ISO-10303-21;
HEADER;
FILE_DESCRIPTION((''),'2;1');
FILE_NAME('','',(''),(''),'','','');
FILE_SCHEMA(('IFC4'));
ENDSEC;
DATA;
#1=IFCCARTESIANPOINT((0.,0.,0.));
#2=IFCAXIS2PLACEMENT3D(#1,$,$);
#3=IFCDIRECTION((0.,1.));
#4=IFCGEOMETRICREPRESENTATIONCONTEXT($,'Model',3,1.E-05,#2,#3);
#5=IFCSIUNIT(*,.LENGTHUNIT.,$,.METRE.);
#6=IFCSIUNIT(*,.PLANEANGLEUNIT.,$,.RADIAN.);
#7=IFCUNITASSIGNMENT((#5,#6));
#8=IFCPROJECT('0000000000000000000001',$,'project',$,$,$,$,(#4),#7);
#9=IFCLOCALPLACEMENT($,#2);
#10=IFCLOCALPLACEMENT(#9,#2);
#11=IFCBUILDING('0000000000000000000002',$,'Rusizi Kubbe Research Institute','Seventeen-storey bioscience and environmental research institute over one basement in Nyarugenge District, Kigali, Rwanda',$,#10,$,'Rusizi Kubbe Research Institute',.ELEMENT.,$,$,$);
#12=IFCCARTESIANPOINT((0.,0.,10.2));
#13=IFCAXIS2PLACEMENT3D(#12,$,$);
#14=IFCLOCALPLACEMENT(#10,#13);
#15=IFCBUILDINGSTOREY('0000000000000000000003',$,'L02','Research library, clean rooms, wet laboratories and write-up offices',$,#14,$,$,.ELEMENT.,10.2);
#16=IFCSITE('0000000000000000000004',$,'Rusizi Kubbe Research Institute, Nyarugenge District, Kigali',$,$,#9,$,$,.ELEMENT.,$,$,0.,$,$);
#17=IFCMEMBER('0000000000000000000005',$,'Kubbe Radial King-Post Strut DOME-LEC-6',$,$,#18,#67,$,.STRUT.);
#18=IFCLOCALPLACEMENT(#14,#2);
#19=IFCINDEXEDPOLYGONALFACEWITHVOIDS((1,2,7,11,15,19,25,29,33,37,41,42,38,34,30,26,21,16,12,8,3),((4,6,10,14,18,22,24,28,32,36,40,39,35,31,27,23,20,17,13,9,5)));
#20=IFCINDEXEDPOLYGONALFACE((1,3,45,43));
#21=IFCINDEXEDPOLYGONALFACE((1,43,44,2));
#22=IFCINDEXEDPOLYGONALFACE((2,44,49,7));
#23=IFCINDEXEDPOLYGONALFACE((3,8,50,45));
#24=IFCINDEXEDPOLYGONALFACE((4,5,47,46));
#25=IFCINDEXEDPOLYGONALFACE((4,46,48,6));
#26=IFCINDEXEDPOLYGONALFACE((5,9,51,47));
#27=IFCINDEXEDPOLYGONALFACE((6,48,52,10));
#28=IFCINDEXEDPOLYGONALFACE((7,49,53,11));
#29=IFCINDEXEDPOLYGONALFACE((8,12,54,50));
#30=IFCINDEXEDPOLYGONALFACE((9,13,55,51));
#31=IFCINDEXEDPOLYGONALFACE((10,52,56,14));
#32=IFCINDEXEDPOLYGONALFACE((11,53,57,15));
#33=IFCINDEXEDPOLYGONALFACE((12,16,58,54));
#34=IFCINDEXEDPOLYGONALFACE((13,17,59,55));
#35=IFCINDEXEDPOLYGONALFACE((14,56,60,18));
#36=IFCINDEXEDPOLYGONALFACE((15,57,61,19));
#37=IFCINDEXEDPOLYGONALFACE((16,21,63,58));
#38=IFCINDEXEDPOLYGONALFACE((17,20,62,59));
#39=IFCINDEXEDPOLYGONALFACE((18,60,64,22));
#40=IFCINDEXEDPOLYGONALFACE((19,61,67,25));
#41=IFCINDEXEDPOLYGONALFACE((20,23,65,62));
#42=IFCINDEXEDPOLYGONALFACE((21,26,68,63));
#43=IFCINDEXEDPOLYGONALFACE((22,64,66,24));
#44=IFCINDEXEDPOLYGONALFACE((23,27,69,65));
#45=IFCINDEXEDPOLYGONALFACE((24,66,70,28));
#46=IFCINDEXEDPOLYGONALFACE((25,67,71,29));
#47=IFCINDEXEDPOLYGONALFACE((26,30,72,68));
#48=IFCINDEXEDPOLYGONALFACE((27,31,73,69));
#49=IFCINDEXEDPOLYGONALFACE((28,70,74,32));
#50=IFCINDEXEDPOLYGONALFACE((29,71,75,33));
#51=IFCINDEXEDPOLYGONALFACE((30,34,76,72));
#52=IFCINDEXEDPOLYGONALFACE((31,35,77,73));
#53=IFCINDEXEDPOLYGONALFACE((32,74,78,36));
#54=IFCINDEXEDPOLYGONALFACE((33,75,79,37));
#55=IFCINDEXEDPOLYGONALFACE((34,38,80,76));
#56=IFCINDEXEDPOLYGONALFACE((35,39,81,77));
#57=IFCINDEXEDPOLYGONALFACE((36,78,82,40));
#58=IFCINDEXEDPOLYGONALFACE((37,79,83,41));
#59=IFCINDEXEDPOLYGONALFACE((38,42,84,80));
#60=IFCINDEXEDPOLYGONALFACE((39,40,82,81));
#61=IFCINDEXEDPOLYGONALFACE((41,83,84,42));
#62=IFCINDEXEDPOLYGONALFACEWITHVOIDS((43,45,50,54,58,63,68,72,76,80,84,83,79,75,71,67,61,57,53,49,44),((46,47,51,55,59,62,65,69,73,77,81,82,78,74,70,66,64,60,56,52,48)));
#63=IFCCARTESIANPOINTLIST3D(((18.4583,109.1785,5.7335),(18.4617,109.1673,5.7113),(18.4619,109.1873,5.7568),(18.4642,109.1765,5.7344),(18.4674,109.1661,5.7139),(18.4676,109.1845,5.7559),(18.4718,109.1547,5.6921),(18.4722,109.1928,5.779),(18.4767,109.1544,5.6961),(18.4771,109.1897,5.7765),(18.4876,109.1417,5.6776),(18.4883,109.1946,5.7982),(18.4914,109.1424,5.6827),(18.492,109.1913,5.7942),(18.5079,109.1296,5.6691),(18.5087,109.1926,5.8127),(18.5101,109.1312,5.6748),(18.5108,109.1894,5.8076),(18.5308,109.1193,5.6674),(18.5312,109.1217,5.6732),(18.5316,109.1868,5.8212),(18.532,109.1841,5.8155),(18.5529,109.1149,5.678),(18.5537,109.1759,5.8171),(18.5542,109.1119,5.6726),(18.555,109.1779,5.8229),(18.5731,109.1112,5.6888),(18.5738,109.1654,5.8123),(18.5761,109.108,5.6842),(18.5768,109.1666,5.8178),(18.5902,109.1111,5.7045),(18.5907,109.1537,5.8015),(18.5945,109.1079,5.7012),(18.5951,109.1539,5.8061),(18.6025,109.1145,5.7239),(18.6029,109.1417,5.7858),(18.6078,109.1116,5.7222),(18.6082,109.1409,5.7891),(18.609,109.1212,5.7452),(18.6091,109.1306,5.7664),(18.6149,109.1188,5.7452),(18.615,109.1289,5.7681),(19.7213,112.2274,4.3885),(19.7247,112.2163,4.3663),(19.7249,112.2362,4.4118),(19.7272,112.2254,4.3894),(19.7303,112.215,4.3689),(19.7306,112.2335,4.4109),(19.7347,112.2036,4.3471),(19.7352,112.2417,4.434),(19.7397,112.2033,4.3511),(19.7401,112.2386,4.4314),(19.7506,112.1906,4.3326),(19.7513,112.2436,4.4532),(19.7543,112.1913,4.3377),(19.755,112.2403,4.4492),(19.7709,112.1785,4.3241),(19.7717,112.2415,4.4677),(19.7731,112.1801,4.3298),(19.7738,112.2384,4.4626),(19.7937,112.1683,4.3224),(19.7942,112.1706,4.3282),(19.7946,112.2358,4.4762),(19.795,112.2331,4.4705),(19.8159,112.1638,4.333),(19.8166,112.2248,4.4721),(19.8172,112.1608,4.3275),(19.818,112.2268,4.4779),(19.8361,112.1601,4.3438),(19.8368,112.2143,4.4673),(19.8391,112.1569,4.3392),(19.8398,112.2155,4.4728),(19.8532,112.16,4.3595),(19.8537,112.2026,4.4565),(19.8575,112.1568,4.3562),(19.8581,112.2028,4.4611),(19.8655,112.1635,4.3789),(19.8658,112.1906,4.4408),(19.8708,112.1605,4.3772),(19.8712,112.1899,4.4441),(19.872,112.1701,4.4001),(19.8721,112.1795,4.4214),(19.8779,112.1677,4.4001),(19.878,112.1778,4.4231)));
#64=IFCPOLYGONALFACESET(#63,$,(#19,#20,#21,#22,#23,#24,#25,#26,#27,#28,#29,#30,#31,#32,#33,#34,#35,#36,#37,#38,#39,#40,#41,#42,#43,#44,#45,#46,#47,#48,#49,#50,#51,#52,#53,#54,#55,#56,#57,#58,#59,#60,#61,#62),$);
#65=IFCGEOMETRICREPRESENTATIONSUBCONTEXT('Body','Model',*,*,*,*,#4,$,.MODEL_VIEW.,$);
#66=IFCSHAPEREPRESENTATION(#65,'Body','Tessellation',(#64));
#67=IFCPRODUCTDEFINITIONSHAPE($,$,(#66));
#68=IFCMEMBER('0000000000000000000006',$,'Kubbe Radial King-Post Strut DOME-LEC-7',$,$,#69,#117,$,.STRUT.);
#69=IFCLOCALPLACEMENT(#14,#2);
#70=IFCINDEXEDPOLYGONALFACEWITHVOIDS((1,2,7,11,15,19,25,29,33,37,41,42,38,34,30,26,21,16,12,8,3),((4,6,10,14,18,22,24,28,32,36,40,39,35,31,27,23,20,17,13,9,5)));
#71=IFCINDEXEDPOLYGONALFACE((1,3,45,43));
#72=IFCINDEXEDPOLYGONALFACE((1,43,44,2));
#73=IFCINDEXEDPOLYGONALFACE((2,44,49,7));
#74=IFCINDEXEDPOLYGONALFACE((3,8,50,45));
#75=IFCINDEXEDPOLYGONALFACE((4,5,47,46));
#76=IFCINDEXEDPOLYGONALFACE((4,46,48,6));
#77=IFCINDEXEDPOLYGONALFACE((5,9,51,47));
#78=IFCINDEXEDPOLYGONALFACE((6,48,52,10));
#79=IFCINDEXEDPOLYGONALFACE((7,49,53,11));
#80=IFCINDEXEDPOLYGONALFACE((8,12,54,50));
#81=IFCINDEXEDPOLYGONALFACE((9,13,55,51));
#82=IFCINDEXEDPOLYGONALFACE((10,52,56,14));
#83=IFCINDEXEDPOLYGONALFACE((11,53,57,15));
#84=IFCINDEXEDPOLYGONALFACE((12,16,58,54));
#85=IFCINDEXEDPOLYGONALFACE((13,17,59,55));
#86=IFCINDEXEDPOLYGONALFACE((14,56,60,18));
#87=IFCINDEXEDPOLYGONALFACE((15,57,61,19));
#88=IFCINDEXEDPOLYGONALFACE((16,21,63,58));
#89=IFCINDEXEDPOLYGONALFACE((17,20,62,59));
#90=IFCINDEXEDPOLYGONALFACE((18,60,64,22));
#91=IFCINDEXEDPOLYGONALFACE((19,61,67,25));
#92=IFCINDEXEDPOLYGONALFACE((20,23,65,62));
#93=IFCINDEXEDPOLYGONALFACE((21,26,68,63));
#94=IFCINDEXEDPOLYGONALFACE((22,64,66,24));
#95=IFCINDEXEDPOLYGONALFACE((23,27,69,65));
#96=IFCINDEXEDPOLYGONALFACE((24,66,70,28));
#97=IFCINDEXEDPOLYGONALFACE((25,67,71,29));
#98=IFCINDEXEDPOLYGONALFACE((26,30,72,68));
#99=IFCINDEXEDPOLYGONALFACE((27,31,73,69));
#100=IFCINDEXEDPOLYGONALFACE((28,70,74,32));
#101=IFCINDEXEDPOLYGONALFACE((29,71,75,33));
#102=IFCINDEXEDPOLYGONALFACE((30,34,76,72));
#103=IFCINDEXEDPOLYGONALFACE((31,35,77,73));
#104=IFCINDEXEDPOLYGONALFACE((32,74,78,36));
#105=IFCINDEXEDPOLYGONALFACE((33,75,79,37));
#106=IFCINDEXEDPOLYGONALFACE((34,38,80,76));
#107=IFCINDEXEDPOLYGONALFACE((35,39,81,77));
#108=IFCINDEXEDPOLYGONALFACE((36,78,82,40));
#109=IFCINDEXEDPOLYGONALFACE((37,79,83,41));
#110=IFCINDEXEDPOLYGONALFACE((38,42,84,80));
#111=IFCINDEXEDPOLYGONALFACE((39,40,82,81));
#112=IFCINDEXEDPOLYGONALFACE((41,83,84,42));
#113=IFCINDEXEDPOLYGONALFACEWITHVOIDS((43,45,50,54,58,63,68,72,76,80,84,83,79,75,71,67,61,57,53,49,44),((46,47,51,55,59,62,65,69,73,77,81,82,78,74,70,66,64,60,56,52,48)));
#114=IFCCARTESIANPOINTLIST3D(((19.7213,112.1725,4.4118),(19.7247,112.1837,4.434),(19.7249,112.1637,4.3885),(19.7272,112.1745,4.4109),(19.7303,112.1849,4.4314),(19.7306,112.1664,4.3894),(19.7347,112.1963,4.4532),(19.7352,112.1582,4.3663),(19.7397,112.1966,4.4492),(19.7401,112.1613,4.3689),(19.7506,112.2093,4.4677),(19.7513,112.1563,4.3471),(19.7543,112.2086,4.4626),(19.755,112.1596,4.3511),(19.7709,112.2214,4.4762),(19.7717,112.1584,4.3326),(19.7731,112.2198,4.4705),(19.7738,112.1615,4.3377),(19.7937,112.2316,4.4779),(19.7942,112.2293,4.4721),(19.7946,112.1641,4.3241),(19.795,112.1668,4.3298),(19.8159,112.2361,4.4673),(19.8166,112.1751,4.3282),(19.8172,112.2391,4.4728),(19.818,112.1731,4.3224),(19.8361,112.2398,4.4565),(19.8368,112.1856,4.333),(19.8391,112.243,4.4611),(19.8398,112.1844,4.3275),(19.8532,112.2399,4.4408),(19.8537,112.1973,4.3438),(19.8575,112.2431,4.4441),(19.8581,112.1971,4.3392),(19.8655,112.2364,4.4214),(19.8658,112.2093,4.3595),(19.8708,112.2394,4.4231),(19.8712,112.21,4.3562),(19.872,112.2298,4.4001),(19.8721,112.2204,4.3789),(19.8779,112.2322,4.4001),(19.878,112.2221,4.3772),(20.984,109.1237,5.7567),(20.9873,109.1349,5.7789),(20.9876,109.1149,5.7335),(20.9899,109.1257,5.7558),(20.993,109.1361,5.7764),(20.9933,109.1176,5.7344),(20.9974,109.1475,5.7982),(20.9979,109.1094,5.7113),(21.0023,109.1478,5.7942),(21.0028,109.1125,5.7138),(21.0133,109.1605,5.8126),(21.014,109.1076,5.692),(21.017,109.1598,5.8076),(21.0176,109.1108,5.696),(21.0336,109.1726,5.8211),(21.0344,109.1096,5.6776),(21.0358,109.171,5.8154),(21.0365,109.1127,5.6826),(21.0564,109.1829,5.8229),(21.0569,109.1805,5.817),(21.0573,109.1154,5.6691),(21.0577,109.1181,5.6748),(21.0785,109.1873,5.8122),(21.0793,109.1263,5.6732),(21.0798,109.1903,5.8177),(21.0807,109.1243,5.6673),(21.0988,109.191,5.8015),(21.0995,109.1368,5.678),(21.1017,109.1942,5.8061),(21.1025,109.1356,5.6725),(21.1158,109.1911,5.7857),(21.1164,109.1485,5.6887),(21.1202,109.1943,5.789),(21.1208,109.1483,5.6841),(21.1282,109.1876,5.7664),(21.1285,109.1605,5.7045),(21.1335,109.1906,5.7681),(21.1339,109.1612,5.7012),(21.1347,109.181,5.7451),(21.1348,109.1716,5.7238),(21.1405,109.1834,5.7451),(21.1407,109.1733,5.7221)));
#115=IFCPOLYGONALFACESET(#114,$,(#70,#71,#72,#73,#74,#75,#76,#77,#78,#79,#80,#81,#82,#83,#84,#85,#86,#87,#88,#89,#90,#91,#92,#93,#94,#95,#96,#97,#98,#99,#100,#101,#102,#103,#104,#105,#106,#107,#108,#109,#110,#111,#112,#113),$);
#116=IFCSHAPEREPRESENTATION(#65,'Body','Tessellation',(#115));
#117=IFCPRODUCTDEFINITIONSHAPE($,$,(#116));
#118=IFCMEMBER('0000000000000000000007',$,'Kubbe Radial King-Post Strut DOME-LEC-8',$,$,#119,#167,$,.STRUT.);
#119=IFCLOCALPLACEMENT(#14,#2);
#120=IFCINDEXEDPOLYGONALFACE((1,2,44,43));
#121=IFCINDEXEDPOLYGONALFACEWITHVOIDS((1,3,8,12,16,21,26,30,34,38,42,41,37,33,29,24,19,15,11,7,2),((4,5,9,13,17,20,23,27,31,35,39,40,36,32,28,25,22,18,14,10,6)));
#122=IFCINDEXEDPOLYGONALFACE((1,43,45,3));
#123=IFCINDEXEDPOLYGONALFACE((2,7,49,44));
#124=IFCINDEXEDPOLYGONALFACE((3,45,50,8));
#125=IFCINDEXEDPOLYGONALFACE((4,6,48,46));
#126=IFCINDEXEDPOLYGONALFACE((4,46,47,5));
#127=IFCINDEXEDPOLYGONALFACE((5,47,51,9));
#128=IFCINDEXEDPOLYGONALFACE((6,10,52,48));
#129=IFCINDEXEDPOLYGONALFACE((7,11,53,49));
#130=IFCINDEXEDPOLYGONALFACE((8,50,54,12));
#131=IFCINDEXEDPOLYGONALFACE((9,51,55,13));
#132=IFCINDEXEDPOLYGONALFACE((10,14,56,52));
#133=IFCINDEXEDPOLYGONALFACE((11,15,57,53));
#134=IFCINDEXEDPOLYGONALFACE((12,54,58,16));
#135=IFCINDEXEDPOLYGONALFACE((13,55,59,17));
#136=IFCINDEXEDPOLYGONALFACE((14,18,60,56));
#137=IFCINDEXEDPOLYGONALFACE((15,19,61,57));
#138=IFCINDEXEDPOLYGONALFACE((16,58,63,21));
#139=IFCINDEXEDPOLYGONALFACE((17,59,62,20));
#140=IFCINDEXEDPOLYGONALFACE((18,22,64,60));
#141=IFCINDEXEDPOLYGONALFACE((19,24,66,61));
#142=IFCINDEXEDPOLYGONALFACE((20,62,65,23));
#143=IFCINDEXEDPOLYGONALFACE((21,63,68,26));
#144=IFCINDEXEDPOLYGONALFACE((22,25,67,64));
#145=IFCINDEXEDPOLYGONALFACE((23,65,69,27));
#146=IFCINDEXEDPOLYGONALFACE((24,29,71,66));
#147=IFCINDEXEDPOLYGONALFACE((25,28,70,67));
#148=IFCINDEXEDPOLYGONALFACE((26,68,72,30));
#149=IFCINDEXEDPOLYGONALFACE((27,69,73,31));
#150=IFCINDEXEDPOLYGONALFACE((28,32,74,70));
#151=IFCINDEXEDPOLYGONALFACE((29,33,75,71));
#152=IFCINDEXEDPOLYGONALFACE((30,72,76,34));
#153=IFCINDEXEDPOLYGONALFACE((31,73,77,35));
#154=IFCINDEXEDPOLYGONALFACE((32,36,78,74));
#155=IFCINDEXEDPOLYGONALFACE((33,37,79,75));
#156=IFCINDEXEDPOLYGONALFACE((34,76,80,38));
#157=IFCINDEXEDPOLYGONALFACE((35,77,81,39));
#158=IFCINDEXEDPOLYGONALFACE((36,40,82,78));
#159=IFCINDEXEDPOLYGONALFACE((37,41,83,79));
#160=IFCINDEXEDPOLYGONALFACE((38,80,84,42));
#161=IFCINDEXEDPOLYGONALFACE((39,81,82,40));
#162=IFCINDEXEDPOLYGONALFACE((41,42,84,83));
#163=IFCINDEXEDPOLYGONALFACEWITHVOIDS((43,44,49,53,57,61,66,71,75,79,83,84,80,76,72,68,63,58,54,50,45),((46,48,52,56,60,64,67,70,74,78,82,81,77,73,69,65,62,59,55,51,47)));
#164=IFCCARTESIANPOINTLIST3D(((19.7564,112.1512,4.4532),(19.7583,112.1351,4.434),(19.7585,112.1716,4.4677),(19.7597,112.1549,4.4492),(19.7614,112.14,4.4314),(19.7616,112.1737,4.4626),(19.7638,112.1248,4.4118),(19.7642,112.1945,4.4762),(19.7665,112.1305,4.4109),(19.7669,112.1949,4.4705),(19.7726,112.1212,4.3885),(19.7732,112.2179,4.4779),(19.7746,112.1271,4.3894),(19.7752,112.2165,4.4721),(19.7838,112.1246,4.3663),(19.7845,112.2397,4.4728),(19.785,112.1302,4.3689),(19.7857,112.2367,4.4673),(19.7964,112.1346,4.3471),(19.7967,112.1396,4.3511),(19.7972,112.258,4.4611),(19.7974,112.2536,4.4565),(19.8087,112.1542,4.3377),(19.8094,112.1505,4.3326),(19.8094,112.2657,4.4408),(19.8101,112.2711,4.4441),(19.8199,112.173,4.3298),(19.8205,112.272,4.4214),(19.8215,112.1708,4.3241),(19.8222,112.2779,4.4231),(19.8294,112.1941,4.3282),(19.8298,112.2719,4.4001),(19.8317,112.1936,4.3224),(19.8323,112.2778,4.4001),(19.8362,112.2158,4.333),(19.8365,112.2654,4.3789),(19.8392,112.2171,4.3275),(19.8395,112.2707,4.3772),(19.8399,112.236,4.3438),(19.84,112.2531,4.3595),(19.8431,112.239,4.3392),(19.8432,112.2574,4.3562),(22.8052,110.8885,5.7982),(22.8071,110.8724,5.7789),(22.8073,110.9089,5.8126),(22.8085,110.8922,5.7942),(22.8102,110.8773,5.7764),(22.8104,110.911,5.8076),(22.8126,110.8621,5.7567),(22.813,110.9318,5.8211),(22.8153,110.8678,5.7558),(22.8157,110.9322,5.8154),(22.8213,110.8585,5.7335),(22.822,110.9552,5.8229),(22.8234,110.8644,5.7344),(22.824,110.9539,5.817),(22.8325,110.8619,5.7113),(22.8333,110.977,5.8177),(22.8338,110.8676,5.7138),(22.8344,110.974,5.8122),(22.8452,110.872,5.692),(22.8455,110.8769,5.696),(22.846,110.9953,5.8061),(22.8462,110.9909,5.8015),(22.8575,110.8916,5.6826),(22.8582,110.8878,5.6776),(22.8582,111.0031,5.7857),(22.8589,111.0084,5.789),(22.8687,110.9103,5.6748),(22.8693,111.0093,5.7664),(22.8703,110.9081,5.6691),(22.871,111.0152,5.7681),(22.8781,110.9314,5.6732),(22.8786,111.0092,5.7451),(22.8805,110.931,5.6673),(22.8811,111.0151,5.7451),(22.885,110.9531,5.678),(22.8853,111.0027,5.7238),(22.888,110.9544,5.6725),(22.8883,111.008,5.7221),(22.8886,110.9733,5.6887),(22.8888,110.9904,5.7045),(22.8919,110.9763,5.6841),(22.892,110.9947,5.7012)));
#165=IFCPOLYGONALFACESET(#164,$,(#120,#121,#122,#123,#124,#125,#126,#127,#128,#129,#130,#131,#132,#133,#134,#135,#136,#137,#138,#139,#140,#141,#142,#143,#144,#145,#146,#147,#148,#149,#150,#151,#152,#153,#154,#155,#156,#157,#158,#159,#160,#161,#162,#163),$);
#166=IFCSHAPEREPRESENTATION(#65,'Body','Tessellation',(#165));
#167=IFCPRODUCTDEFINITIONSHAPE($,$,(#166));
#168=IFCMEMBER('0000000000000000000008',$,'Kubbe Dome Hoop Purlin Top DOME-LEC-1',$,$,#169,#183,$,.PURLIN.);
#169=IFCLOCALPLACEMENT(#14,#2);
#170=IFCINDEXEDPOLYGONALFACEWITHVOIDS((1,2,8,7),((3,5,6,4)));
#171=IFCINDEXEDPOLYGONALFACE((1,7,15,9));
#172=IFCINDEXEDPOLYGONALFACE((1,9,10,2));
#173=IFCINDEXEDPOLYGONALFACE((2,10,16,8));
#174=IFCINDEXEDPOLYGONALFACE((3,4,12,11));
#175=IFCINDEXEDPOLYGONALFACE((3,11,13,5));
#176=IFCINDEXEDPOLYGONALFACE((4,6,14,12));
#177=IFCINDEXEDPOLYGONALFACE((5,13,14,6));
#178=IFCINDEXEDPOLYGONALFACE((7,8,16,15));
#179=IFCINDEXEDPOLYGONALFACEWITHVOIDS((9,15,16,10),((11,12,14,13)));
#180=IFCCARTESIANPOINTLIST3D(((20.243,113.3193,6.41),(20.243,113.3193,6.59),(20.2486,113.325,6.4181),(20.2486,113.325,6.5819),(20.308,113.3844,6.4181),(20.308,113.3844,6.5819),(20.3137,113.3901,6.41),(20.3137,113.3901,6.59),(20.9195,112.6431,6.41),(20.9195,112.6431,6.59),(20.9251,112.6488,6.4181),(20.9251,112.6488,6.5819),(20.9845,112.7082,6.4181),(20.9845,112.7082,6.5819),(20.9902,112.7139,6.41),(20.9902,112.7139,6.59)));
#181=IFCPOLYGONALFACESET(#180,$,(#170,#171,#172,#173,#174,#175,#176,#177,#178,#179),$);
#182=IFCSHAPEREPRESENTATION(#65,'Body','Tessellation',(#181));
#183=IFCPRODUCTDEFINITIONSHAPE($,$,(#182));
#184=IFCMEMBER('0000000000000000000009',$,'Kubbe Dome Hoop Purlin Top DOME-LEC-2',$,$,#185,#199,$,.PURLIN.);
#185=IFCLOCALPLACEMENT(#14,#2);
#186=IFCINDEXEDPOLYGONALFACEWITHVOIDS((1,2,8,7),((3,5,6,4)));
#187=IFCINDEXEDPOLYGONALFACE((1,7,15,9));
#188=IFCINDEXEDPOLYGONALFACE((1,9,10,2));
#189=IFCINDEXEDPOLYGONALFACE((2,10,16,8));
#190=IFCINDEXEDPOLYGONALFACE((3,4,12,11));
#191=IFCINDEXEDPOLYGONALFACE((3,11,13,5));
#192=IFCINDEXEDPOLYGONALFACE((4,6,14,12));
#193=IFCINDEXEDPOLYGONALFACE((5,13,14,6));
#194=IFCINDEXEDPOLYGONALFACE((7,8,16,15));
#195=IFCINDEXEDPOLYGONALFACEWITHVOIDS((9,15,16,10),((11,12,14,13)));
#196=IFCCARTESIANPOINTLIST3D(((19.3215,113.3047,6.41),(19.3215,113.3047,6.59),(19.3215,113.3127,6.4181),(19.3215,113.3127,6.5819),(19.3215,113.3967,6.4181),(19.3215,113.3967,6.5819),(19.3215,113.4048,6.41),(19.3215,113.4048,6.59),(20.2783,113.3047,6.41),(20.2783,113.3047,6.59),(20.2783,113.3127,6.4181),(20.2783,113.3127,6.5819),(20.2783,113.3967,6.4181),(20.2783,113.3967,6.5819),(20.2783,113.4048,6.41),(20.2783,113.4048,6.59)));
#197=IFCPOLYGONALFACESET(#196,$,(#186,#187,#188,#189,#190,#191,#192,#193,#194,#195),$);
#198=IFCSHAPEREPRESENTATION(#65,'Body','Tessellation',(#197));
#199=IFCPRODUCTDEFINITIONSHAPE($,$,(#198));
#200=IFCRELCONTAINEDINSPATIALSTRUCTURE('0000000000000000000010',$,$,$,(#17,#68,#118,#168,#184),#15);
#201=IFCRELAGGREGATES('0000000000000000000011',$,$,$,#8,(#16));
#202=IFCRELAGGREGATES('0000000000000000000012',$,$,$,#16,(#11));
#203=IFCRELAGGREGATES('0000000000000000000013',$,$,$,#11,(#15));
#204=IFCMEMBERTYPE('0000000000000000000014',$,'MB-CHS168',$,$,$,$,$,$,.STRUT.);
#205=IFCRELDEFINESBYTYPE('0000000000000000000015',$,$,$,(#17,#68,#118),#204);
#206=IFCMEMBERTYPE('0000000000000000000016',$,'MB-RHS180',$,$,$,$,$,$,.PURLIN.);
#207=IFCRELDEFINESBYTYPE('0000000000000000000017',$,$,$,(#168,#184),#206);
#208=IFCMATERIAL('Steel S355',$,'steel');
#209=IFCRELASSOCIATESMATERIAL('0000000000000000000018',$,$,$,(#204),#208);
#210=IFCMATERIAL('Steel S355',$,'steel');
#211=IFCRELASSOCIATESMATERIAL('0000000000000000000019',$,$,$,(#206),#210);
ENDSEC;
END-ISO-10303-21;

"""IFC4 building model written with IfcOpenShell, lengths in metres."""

from ifc_helpers import new_model, si_unit, direction, frame, origin, origin_2d, place, context, subcontext, project, spatial, hollow_rectangle, hollow_circle, extrude, material, material_profile, profile_set, type_object, element, save


model = new_model("IFC4")

# Units and contexts
model_context = context("Model", 3, precision=1e-05, world=origin(), true_north=direction((0.0, 1.0)))
body_context = subcontext(model_context, "Body", "Model", "MODEL_VIEW")
ifc_project = project(units=[si_unit("LENGTHUNIT", "METRE"), si_unit("PLANEANGLEUNIT", "RADIAN")], contexts=[model_context])

# Site, building, storey
site_placement = place(None, origin())
site = spatial("IfcSite", under=ifc_project, at=site_placement, Name="Rusizi Kubbe Research Institute, Nyarugenge District, Kigali", CompositionType="ELEMENT", RefElevation=0.0)
building_placement = place(site_placement, origin())
building = spatial("IfcBuilding", under=site, at=building_placement, Name="Rusizi Kubbe Research Institute", Description="Seventeen-storey bioscience and environmental research institute over one basement in Nyarugenge District, Kigali, Rwanda", LongName="Rusizi Kubbe Research Institute", CompositionType="ELEMENT")
storey_placement = place(building_placement, frame((0.0, 0.0, 10.2)))
storey = spatial("IfcBuildingStorey", under=building, at=storey_placement, Name="L02", Description="Research library, clean rooms, wet laboratories and write-up offices", CompositionType="ELEMENT", Elevation=10.2)

# Members
ifc_material_1 = material(Name="Steel S355", Category="steel")
ifc_material_profile_1 = material_profile(ifc_material_1, hollow_circle(Radius=0.0842, WallThickness=0.0063, at=origin_2d()), Name="CHS 168.3x6.3")
ifc_profile_set_1 = profile_set([ifc_material_profile_1], Name="Steel S355")
member_type_1 = type_object("IfcMemberType", Name="MB-CHS168", PredefinedType="STRUT", material=ifc_profile_set_1)
member_1_placement = place(storey_placement, frame((19.8, 112.2, 4.4001), z_axis=(-0.354399, -0.855545, 0.377418), x_axis=(0.923872, -0.382702, 0.0)))
element("IfcMember", 1, at=member_1_placement, inside=storey, type_object=member_type_1, Name="Kubbe Radial King-Post Strut DOME-LEC-6", PredefinedType="STRUT", context=body_context, shape_type="SweptSolid", body=[
    extrude(hollow_circle(Radius=0.0842, WallThickness=0.0063, at=origin_2d()), origin(), (0.0, 0.0, 1.0), 3.5637),
])
for number, where, z_axis, x_axis, name in (
    (2, (19.8, 112.2, 4.4001), (0.354339, -0.855566, 0.377427), (0.923898, 0.382639, 0.0), "Kubbe Radial King-Post Strut DOME-LEC-7"),
    (3, (19.8, 112.2, 4.4001), (0.855566, -0.354339, 0.377427), (0.382639, 0.923898, 0.0), "Kubbe Radial King-Post Strut DOME-LEC-8"),
):
    element("IfcMember", number, at=place(storey_placement, frame(where, z_axis=z_axis, x_axis=x_axis)), inside=storey, type_object=member_type_1, Name=name, PredefinedType="STRUT", context=body_context, shape_type="SweptSolid", body=[
        extrude(hollow_circle(Radius=0.0842, WallThickness=0.0063, at=origin_2d()), origin(), (0.0, 0.0, 1.0), 3.5635),
    ])
ifc_material_2 = material(Name="Steel S355", Category="steel")
ifc_material_profile_2 = material_profile(ifc_material_2, hollow_rectangle(XDim=0.1001, YDim=0.1799, WallThickness=0.0081, at=origin_2d()), Name="RHS 180x100x8.0")
ifc_profile_set_2 = profile_set([ifc_material_profile_2], Name="Steel S355")
member_type_2 = type_object("IfcMemberType", Name="MB-RHS180", PredefinedType="PURLIN", material=ifc_profile_set_2)
member_2_placement = place(storey_placement, frame((20.9548, 112.6785, 6.5), z_axis=(-0.707234, 0.706979, 0.0), x_axis=(-0.706979, -0.707234, 0.0)))
element("IfcMember", 4, at=member_2_placement, inside=storey, type_object=member_type_2, Name="Kubbe Dome Hoop Purlin Top DOME-LEC-1", PredefinedType="PURLIN", context=body_context, shape_type="SweptSolid", body=[
    extrude(hollow_rectangle(XDim=0.1001, YDim=0.1799, WallThickness=0.0081, at=origin_2d()), origin(), (0.0, 0.0, 1.0), 0.9565),
])
member_3_placement = place(storey_placement, frame((20.2783, 113.3547, 6.5), z_axis=(-1.0, 0.0, 0.0), x_axis=(0.0, -1.0, 0.0)))
element("IfcMember", 5, at=member_3_placement, inside=storey, type_object=member_type_2, Name="Kubbe Dome Hoop Purlin Top DOME-LEC-2", PredefinedType="PURLIN", context=body_context, shape_type="SweptSolid", body=[
    extrude(hollow_rectangle(XDim=0.1001, YDim=0.1799, WallThickness=0.0081, at=origin_2d()), origin(), (0.0, 0.0, 1.0), 0.9568),
])

save(model, "model.ifc")
